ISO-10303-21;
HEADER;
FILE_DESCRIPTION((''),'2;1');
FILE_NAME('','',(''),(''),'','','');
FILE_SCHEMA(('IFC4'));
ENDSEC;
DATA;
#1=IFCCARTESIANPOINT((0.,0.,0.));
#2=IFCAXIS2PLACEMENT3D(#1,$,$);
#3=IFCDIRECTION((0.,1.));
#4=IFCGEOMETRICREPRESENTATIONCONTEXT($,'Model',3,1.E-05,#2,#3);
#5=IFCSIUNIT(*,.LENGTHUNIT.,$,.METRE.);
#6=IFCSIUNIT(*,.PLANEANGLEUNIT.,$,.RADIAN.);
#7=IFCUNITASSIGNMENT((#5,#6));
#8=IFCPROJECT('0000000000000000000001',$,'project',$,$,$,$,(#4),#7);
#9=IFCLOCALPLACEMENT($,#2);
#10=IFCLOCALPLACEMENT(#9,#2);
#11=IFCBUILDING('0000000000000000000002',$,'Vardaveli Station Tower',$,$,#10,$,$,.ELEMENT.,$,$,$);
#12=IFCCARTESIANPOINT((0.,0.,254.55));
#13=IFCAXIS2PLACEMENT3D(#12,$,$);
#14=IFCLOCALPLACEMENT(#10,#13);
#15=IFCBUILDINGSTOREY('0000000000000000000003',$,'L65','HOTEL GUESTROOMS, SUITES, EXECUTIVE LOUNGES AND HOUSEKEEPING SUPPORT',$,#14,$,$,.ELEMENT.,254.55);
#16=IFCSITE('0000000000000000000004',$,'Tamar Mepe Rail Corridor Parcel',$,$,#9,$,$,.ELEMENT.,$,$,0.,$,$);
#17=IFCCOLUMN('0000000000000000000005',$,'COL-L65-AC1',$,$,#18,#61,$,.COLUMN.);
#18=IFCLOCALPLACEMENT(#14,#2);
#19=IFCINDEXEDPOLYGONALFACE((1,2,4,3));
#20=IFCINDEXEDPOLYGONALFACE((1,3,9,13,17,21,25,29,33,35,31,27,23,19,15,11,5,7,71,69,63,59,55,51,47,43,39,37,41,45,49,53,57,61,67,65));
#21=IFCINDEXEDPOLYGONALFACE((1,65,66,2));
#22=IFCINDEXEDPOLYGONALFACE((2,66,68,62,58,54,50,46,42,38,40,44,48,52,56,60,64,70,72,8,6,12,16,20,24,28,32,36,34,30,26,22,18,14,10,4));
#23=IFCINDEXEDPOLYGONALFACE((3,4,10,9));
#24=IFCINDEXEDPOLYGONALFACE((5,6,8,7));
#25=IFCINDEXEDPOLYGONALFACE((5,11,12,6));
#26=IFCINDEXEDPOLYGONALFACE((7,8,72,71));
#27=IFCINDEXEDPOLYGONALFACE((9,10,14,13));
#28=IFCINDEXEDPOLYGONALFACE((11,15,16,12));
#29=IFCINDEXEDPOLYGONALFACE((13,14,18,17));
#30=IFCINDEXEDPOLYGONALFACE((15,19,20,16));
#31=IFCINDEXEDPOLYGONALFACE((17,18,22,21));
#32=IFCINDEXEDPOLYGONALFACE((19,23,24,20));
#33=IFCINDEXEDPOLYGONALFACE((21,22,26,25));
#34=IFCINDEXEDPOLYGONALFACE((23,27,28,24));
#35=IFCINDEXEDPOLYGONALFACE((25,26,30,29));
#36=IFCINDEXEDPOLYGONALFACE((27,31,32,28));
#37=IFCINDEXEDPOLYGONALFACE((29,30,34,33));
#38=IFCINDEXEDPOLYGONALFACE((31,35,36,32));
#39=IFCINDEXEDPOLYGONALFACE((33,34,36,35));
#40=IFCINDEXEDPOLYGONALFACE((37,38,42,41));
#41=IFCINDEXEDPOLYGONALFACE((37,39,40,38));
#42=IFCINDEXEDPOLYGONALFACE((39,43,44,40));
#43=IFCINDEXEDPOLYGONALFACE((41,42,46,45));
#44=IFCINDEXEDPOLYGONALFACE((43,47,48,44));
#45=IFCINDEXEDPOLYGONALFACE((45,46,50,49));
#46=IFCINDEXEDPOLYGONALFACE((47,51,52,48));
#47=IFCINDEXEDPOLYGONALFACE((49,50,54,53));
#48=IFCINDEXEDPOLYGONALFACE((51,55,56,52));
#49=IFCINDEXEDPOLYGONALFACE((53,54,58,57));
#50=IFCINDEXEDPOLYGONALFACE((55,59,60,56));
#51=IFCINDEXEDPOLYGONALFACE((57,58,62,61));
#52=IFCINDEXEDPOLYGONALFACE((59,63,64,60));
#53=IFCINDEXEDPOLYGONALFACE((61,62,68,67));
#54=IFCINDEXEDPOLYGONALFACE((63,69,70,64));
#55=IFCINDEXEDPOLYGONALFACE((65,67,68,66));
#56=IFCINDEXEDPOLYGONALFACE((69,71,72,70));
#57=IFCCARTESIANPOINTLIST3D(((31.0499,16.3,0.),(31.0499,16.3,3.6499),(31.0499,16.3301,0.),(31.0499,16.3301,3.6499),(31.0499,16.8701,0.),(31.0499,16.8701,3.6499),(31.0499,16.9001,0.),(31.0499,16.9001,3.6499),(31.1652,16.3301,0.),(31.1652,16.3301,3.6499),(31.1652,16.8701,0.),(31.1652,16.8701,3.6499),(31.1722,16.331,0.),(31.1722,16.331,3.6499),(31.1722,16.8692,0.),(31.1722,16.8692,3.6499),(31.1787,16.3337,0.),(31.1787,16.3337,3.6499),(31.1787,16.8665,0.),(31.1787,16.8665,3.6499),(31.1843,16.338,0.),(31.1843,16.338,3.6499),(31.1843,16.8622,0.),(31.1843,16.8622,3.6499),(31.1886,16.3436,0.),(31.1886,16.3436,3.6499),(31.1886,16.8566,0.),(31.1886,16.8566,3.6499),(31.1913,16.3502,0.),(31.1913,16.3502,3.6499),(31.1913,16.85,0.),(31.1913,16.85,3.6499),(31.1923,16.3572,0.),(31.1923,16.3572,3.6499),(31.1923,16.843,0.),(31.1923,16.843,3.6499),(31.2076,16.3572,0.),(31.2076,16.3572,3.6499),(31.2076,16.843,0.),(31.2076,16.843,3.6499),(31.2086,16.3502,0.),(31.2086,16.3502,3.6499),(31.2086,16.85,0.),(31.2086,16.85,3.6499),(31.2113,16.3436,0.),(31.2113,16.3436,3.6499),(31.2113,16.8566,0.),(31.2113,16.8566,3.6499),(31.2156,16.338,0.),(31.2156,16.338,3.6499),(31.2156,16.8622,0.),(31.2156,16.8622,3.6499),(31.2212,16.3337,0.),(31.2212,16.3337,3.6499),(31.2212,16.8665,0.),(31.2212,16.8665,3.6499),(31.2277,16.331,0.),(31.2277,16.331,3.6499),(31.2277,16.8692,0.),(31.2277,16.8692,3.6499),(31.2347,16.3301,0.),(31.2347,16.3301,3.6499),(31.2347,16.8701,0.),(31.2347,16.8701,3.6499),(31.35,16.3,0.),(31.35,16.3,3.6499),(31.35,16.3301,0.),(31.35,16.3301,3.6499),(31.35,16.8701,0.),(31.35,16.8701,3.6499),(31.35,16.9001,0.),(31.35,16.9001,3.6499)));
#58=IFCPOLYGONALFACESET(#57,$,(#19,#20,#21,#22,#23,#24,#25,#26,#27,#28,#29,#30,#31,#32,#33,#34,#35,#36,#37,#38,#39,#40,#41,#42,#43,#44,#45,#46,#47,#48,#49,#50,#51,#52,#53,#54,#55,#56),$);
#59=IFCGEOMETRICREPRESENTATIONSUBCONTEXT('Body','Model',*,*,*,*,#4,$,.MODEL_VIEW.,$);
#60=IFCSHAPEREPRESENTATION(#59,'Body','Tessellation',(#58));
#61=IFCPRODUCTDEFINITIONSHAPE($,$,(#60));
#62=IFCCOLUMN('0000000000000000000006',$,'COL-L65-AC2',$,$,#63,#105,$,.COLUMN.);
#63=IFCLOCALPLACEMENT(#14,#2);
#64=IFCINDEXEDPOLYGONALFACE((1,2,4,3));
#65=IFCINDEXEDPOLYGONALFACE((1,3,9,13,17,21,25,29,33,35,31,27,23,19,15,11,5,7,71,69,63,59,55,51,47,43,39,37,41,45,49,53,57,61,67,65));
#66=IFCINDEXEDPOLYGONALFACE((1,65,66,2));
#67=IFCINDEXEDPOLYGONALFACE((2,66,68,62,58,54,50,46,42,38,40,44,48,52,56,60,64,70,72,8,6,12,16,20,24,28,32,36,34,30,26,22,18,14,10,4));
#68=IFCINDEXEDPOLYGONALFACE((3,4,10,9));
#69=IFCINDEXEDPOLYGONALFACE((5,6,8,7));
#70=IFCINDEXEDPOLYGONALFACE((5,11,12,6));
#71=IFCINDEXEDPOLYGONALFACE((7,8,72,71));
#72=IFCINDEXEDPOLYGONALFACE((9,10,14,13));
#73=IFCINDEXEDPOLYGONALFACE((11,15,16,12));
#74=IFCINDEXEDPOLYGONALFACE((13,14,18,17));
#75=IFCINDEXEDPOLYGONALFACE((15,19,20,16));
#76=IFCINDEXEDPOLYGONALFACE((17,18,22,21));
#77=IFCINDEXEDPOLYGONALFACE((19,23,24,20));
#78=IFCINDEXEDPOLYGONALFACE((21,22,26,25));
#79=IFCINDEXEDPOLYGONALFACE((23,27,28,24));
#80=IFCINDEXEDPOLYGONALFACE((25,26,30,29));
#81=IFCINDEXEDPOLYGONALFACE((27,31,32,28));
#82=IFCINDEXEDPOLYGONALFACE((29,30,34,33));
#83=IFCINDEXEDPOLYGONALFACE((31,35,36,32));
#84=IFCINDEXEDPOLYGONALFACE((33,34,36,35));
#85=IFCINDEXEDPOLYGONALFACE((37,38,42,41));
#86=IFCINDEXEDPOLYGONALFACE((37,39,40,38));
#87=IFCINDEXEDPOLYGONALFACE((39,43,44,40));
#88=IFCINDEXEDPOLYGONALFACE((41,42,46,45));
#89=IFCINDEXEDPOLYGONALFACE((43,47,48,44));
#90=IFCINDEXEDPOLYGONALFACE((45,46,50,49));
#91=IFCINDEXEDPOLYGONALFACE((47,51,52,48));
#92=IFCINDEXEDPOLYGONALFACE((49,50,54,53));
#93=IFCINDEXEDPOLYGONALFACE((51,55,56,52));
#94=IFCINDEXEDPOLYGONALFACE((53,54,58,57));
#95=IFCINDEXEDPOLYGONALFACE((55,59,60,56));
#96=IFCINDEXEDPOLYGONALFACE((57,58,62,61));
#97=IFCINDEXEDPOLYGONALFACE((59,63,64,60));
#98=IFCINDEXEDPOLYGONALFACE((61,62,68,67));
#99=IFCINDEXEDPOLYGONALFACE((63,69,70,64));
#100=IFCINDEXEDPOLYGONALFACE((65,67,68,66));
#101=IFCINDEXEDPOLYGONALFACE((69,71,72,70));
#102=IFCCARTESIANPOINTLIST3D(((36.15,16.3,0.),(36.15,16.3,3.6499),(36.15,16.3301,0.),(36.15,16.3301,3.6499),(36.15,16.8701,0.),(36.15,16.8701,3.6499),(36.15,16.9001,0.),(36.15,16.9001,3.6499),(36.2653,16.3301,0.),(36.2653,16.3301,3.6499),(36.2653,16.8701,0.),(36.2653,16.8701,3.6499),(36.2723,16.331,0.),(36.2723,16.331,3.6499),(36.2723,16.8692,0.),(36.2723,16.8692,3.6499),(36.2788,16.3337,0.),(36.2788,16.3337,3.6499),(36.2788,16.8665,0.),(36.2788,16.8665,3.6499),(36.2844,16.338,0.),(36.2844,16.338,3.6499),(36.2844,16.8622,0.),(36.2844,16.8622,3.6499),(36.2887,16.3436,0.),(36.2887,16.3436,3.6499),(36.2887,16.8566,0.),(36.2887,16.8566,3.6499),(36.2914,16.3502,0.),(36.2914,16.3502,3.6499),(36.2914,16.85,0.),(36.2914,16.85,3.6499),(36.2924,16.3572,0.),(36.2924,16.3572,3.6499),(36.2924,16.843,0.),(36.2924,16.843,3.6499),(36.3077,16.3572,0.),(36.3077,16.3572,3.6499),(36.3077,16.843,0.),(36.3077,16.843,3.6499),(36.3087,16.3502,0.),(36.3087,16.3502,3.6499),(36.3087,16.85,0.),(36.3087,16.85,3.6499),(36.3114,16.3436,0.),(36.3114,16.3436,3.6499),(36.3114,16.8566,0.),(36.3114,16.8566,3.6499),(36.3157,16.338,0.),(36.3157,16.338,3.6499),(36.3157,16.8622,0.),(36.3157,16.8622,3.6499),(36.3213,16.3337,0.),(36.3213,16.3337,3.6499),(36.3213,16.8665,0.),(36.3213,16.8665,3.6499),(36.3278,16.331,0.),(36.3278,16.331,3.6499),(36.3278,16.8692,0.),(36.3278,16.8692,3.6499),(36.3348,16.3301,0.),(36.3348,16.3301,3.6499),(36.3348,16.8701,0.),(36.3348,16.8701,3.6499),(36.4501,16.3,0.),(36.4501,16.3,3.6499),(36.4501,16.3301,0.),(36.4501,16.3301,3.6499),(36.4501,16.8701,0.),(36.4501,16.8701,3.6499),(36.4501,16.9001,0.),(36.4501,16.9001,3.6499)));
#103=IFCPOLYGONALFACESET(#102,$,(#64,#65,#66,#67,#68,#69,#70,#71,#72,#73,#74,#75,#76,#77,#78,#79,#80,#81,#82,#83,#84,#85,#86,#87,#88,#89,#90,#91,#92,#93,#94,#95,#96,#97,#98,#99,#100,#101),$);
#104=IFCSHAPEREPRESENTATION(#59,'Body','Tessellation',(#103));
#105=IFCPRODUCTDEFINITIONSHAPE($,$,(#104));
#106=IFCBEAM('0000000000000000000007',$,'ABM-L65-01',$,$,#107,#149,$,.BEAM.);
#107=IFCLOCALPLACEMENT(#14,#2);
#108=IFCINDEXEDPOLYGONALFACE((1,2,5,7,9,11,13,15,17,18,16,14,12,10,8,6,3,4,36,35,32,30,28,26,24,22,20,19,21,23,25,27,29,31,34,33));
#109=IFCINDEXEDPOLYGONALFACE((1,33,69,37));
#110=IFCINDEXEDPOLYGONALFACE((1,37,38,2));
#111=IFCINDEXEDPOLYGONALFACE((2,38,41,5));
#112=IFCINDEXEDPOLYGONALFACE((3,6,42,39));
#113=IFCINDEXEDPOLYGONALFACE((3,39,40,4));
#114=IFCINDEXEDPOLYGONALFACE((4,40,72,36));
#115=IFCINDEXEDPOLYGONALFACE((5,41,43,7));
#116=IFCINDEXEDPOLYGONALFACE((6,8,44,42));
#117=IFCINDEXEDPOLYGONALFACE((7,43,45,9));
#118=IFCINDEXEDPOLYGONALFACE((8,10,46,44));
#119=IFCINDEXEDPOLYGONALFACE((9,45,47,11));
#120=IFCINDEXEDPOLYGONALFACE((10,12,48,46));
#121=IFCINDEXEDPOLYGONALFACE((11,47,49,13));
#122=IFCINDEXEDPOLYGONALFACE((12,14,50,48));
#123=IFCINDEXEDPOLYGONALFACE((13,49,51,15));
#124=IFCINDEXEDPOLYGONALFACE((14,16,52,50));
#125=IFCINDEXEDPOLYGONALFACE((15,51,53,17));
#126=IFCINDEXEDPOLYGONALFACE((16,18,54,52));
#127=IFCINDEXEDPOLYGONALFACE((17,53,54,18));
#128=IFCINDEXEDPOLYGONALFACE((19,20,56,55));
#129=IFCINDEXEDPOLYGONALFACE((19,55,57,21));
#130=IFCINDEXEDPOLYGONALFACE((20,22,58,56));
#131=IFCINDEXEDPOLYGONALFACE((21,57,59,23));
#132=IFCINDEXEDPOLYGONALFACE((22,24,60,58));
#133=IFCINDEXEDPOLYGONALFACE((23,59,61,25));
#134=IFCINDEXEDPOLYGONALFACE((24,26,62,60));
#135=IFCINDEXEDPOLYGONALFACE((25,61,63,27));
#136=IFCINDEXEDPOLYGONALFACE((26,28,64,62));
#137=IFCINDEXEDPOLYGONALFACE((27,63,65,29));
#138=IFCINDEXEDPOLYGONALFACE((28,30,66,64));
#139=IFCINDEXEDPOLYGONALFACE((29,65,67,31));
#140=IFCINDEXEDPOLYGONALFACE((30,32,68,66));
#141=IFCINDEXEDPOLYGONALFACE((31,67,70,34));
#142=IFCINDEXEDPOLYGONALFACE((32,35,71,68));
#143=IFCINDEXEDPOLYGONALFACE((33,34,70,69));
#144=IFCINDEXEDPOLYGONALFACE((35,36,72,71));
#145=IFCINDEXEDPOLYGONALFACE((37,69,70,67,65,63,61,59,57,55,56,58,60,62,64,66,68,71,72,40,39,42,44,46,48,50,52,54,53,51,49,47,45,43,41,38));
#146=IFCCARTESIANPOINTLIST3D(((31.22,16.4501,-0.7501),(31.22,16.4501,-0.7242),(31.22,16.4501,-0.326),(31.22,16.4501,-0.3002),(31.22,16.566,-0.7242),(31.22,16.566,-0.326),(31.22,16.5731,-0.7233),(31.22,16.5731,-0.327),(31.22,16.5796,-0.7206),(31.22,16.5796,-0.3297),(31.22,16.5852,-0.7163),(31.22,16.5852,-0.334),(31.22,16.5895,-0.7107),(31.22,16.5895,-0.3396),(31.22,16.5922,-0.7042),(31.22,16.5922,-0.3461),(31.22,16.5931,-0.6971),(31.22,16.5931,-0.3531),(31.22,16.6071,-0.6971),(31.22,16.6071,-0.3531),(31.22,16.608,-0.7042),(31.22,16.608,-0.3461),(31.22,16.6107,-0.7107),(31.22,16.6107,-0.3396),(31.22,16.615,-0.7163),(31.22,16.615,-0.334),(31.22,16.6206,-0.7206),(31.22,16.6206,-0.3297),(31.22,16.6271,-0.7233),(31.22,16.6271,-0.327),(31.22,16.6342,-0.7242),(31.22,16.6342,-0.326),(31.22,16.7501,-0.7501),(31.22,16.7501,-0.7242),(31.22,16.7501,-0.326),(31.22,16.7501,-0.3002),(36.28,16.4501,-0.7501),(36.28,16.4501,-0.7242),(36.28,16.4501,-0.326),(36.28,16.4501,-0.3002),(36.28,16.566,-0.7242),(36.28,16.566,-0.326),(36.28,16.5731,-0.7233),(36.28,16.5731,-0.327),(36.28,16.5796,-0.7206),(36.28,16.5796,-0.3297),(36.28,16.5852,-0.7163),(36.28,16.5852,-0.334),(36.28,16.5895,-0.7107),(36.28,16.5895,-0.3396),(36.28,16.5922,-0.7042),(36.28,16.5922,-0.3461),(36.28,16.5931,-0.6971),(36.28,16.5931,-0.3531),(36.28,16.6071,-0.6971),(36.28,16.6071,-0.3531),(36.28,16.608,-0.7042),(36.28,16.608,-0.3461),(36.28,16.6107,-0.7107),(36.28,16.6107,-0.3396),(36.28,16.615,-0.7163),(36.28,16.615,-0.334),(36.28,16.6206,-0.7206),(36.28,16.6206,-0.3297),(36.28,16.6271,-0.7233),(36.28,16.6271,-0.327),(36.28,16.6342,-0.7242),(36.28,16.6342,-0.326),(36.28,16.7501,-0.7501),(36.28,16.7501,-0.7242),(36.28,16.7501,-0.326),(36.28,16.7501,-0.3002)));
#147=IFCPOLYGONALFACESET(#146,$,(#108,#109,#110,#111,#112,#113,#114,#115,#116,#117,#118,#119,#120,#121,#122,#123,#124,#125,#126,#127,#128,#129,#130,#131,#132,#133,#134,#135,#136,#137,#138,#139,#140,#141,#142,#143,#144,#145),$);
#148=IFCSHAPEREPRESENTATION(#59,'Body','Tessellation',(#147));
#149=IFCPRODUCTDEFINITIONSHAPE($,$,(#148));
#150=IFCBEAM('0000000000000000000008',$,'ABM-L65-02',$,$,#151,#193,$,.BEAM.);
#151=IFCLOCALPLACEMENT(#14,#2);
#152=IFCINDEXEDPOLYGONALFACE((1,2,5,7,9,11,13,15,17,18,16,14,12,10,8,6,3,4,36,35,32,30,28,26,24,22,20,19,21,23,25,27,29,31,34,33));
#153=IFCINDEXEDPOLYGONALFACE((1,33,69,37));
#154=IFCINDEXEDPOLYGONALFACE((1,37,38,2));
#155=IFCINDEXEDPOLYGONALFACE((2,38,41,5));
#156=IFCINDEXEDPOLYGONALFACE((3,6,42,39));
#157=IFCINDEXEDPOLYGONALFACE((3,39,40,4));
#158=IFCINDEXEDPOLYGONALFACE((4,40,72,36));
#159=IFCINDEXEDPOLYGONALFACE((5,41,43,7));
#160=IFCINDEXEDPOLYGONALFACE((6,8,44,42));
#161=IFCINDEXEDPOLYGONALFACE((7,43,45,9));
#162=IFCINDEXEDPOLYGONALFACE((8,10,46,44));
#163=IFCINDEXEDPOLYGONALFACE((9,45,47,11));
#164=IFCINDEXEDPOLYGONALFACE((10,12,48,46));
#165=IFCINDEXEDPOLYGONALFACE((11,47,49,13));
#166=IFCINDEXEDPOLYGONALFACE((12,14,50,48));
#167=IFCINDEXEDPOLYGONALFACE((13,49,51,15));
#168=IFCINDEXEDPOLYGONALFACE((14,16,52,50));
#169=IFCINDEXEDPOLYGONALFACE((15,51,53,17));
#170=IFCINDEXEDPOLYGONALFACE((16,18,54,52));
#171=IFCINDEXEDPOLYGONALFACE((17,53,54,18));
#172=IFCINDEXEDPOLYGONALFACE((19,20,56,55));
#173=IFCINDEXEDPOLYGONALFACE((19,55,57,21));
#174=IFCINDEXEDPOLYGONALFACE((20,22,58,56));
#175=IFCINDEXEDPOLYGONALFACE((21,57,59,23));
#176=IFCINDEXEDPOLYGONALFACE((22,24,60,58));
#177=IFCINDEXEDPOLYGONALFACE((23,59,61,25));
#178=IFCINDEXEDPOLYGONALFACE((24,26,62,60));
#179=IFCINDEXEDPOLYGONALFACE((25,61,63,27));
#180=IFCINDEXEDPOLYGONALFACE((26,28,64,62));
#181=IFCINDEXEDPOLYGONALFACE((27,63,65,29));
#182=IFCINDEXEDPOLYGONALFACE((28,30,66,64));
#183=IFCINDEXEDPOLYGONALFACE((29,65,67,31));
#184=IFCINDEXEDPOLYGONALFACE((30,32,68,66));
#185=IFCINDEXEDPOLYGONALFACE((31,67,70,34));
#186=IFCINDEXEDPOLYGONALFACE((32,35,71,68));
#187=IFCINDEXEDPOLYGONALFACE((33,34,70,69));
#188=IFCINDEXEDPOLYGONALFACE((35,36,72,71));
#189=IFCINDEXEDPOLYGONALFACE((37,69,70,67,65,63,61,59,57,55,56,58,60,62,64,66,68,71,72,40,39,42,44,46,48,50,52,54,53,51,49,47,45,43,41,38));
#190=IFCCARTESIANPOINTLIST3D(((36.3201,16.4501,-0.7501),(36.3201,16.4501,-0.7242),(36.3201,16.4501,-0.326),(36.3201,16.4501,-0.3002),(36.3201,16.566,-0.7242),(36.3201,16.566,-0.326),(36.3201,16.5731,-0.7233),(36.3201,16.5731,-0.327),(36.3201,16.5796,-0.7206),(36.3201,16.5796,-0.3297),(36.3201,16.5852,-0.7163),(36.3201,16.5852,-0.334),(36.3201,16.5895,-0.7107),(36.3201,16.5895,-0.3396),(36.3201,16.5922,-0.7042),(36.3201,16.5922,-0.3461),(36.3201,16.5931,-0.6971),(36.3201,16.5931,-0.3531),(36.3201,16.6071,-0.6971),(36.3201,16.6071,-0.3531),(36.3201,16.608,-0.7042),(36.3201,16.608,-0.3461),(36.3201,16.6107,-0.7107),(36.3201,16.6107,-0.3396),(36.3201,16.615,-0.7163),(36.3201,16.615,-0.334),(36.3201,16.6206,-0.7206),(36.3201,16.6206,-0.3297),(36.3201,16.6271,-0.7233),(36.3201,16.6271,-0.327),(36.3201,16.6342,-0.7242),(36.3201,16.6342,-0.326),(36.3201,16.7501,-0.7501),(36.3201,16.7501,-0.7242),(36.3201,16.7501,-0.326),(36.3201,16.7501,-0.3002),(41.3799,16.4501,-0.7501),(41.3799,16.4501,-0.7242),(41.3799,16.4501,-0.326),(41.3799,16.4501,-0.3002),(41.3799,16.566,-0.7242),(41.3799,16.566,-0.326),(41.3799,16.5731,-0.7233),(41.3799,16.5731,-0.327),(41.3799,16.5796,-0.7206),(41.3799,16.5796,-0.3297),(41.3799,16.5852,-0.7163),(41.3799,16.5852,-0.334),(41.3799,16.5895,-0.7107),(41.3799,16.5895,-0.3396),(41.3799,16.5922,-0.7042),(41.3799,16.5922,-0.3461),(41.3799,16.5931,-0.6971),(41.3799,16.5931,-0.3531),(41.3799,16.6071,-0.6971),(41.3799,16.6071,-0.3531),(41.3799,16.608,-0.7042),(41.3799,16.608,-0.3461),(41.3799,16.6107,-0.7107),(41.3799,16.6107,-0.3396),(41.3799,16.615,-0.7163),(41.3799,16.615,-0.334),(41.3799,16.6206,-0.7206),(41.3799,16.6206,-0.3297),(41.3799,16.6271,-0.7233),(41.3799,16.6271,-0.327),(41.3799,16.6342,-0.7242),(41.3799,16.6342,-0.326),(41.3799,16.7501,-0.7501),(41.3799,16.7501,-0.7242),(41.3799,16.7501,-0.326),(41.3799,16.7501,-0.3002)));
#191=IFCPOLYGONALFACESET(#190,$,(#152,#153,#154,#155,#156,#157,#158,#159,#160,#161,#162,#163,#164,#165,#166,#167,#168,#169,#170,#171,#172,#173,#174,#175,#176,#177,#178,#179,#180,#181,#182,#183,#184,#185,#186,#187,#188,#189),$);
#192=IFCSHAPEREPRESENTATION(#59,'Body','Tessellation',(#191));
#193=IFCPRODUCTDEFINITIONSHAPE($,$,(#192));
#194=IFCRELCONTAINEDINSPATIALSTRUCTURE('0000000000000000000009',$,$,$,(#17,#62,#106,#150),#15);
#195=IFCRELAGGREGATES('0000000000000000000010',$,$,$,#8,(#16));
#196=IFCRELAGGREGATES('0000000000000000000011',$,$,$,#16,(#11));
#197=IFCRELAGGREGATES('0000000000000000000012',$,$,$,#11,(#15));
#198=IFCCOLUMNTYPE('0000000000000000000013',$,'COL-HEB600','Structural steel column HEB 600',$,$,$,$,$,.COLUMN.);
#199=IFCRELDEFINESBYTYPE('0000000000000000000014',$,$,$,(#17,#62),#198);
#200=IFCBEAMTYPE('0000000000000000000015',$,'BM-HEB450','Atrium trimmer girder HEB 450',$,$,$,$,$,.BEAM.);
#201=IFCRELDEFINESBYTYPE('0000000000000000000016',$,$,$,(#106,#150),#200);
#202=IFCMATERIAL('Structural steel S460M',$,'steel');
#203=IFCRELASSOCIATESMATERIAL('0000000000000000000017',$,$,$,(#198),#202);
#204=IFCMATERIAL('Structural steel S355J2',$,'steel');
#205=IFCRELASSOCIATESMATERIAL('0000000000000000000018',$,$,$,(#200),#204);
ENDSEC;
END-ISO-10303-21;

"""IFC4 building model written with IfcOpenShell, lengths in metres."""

from ifc_helpers import new_model, si_unit, direction, frame, origin, origin_2d, place, context, subcontext, project, spatial, i_section, extrude, source, transform, mapped, material, material_profile, profile_set, type_object, element, save


model = new_model("IFC4")

# Units and contexts
model_context = context("Model", 3, precision=1e-05, world=origin(), true_north=direction((0.0, 1.0)))
body_context = subcontext(model_context, "Body", "Model", "MODEL_VIEW")
ifc_project = project(units=[si_unit("LENGTHUNIT", "METRE"), si_unit("PLANEANGLEUNIT", "RADIAN")], contexts=[model_context])

# Site, building, storey
site_placement = place(None, origin())
site = spatial("IfcSite", under=ifc_project, at=site_placement, Name="Tamar Mepe Rail Corridor Parcel", CompositionType="ELEMENT", RefElevation=0.0)
building_placement = place(site_placement, origin())
building = spatial("IfcBuilding", under=site, at=building_placement, Name="Vardaveli Station Tower", CompositionType="ELEMENT")
storey_placement = place(building_placement, frame((0.0, 0.0, 254.55)))
storey = spatial("IfcBuildingStorey", under=building, at=storey_placement, Name="L65", Description="HOTEL GUESTROOMS, SUITES, EXECUTIVE LOUNGES AND HOUSEKEEPING SUPPORT", CompositionType="ELEMENT", Elevation=254.55)

# Columns
ifc_material_1 = material(Name="Structural steel S460M", Category="steel")
ifc_material_profile_1 = material_profile(ifc_material_1, i_section(OverallWidth=0.3, OverallDepth=0.6001, WebThickness=0.0154, FlangeThickness=0.03, FilletRadius=0.0271, at=origin_2d()), Name="HEB 600")
ifc_profile_set_1 = profile_set([ifc_material_profile_1], Name="Structural steel S460M")
column_type = type_object("IfcColumnType", Name="COL-HEB600", Description="Structural steel column HEB 600", PredefinedType="COLUMN", material=ifc_profile_set_1)
shared_shape_1 = source(origin(), body_context, "Body", "SweptSolid", [
    extrude(i_section(OverallWidth=0.3, OverallDepth=0.6001, WebThickness=0.0154, FlangeThickness=0.03, FilletRadius=0.0271, at=origin_2d()), origin(), (0.0, 0.0, 1.0), 3.6499),
])
for number, where, z_axis, x_axis, name in (
    (1, (31.2, 16.6001, 0.0), (0.0, 0.0, 1.0), (1.0, 0.0, 0.0), "COL-L65-AC1"),
    (2, (36.3, 16.6001, 0.0), (0.0, 0.0, 1.0), (1.0, 0.0, 0.0), "COL-L65-AC2"),
):
    element("IfcColumn", number, at=place(storey_placement, frame(where, z_axis=z_axis, x_axis=x_axis)), inside=storey, type_object=column_type, Name=name, PredefinedType="COLUMN", context=body_context, shape_type="MappedRepresentation", body=[
        mapped(shared_shape_1, transform((0.0, 0.0, 0.0), scale=1.0)),
    ])

# Beams
ifc_material_2 = material(Name="Structural steel S355J2", Category="steel")
ifc_material_profile_2 = material_profile(ifc_material_2, i_section(OverallWidth=0.3, OverallDepth=0.45, WebThickness=0.0139, FlangeThickness=0.0259, FilletRadius=0.0271, at=origin_2d()), Name="HEB 450")
ifc_profile_set_2 = profile_set([ifc_material_profile_2], Name="Structural steel S355J2")
beam_type_1 = type_object("IfcBeamType", Name="BM-HEB450", Description="Atrium trimmer girder HEB 450", PredefinedType="BEAM", material=ifc_profile_set_2)
shared_shape_2 = source(origin(), body_context, "Body", "SweptSolid", [
    extrude(i_section(OverallWidth=0.3, OverallDepth=0.45, WebThickness=0.0139, FlangeThickness=0.0259, FilletRadius=0.0271, at=origin_2d()), origin(), (0.0, 0.0, 1.0), 5.0601),
])
beam_1_placement = place(storey_placement, frame((31.22, 16.6001, -0.5251), z_axis=(1.0, 0.0, 0.0), x_axis=(0.0, 1.0, 0.0)))
element("IfcBeam", 3, at=beam_1_placement, inside=storey, type_object=beam_type_1, Name="ABM-L65-01", PredefinedType="BEAM", context=body_context, shape_type="MappedRepresentation", body=[
    mapped(shared_shape_2, transform((0.0, 0.0, 0.0), scale=1.0)),
])
shared_shape_3 = source(origin(), body_context, "Body", "SweptSolid", [
    extrude(i_section(OverallWidth=0.3, OverallDepth=0.45, WebThickness=0.0139, FlangeThickness=0.0259, FilletRadius=0.0271, at=origin_2d()), origin(), (0.0, 0.0, 1.0), 5.0598),
])
beam_2_placement = place(storey_placement, frame((36.3201, 16.6001, -0.5251), z_axis=(1.0, 0.0, 0.0), x_axis=(0.0, 1.0, 0.0)))
element("IfcBeam", 4, at=beam_2_placement, inside=storey, type_object=beam_type_1, Name="ABM-L65-02", PredefinedType="BEAM", context=body_context, shape_type="MappedRepresentation", body=[
    mapped(shared_shape_3, transform((0.0, 0.0, 0.0), scale=1.0)),
])

save(model, "model.ifc")
